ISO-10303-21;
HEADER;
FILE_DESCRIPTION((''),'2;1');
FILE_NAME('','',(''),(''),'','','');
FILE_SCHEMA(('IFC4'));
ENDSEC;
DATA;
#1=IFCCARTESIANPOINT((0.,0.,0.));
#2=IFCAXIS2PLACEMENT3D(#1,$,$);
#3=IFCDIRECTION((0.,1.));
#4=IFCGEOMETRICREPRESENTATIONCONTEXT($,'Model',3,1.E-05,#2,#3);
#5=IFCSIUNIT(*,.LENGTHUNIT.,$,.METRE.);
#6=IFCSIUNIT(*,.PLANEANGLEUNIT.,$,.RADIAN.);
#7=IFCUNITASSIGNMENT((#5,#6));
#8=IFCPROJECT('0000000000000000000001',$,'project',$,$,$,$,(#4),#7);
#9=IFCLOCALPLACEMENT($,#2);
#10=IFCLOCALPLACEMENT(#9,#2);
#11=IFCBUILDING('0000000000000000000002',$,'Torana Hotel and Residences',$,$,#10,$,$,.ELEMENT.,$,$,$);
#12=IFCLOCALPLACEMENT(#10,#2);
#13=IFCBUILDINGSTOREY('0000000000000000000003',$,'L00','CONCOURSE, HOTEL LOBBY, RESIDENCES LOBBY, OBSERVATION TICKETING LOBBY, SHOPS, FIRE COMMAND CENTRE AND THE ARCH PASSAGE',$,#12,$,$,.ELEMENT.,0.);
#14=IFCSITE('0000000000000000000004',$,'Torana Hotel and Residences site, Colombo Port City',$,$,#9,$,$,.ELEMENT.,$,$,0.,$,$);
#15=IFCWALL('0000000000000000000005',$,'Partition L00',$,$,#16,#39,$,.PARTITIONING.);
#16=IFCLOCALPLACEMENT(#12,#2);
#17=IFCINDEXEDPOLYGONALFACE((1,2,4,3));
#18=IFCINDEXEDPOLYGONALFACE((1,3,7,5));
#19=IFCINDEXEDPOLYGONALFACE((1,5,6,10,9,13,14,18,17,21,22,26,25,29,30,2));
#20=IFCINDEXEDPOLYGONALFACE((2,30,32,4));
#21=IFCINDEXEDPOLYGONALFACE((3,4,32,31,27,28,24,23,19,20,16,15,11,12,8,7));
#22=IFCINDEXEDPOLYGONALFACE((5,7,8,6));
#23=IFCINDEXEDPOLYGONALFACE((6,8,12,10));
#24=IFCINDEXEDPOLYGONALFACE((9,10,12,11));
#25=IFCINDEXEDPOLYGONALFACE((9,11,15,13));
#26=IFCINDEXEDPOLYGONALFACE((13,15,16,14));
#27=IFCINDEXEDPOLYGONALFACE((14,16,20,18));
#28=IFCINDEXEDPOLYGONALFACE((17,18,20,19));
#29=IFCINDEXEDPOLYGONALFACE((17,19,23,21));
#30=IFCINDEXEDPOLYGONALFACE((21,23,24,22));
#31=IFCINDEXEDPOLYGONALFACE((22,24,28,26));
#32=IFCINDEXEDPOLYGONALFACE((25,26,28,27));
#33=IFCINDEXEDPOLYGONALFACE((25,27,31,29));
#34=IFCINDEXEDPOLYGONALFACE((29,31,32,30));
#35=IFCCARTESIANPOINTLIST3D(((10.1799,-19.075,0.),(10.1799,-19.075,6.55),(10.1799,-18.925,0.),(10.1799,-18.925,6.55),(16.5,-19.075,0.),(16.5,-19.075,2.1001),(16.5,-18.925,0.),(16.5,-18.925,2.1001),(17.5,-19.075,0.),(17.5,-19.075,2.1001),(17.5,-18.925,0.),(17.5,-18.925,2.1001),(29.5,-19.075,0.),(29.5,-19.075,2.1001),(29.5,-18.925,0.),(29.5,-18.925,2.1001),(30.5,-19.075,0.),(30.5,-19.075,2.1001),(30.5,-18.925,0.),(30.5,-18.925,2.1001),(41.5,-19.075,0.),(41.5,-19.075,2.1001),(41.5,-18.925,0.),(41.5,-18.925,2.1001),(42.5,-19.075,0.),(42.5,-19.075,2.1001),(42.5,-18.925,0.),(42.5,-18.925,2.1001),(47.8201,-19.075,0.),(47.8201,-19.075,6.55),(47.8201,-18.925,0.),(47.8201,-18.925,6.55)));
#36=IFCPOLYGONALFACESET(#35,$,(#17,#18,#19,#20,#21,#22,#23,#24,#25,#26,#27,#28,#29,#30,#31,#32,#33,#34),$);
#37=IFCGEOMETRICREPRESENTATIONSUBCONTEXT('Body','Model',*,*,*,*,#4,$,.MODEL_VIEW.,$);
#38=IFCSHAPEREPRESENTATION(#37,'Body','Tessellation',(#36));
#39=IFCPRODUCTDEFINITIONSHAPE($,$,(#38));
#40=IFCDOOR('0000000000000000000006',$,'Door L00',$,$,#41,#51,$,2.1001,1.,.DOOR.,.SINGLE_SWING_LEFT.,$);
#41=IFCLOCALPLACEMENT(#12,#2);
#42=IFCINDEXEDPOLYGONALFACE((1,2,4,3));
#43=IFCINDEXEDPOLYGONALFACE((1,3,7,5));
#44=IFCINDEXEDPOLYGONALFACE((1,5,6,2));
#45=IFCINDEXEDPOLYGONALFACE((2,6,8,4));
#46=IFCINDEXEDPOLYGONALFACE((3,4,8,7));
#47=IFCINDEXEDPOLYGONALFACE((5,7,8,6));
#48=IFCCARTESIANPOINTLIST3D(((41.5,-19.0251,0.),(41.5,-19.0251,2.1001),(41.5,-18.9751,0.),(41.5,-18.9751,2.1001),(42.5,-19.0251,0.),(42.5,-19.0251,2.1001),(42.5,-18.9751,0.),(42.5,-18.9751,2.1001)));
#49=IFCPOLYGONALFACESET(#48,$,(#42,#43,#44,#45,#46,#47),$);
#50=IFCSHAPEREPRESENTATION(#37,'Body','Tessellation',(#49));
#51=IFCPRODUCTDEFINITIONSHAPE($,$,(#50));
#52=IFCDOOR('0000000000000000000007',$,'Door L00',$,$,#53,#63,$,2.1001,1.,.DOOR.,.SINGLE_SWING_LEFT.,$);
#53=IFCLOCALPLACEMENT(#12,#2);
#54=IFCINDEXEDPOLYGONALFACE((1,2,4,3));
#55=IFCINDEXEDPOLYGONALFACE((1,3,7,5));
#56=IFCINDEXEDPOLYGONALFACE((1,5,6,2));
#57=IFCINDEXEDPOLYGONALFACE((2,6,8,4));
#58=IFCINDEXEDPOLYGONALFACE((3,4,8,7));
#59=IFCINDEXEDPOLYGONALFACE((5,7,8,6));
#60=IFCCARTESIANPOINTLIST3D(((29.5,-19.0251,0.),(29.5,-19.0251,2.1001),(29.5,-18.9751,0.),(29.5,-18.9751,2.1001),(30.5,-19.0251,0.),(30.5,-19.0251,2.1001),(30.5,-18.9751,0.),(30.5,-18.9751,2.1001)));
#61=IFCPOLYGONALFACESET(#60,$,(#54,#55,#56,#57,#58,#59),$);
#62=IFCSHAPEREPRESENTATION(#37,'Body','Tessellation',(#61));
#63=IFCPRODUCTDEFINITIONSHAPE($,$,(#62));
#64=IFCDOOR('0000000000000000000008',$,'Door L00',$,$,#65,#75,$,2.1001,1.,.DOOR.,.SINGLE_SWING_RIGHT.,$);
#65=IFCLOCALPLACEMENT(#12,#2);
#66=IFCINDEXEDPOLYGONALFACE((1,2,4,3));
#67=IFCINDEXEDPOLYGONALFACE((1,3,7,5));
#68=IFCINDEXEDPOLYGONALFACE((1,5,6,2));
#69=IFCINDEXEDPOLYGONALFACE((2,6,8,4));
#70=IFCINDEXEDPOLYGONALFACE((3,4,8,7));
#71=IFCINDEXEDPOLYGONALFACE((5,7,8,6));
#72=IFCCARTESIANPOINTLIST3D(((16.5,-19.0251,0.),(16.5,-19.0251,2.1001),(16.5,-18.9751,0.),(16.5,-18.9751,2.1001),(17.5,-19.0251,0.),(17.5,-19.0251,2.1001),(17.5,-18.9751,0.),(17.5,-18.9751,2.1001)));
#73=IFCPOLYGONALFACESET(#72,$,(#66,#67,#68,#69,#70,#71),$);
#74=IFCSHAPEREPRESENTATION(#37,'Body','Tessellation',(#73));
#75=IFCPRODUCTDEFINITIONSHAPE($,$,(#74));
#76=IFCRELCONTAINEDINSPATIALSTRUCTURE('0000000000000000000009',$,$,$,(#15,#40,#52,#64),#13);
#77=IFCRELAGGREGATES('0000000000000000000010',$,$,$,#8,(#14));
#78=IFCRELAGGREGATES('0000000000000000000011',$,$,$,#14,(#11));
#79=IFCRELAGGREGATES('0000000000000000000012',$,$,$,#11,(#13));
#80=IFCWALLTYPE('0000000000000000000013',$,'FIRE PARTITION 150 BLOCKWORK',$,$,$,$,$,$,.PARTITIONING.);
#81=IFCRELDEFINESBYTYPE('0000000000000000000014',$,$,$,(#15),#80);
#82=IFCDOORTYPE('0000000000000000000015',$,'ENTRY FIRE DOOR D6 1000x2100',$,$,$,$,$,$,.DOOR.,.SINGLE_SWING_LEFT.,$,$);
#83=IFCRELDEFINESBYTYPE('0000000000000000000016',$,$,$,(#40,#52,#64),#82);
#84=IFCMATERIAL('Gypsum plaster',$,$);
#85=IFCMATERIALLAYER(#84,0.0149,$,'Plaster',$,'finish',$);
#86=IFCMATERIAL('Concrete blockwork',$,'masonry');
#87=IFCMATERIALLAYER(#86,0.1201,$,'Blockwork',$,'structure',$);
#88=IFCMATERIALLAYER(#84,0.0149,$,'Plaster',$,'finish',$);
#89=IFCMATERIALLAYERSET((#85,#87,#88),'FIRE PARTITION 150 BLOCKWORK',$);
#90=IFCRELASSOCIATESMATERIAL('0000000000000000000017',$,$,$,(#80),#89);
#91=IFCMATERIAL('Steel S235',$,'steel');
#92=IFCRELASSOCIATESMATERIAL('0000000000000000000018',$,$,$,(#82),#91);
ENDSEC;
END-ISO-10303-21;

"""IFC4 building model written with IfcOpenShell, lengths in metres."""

from ifc_helpers import new_model, si_unit, direction, frame, frame_2d, origin, place, context, subcontext, project, spatial, rectangle, extrude, material, layer, layer_set, type_object, element, fill, save


model = new_model("IFC4")

# Units and contexts
model_context = context("Model", 3, precision=1e-05, world=origin(), true_north=direction((0.0, 1.0)))
body_context = subcontext(model_context, "Body", "Model", "MODEL_VIEW")
ifc_project = project(units=[si_unit("LENGTHUNIT", "METRE"), si_unit("PLANEANGLEUNIT", "RADIAN")], contexts=[model_context])

# Site, building, storey
site_placement = place(None, origin())
site = spatial("IfcSite", under=ifc_project, at=site_placement, Name="Torana Hotel and Residences site, Colombo Port City", CompositionType="ELEMENT", RefElevation=0.0)
building_placement = place(site_placement, origin())
building = spatial("IfcBuilding", under=site, at=building_placement, Name="Torana Hotel and Residences", CompositionType="ELEMENT")
storey_placement = place(building_placement, origin())
storey = spatial("IfcBuildingStorey", under=building, at=storey_placement, Name="L00", Description="CONCOURSE, HOTEL LOBBY, RESIDENCES LOBBY, OBSERVATION TICKETING LOBBY, SHOPS, FIRE COMMAND CENTRE AND THE ARCH PASSAGE", CompositionType="ELEMENT", Elevation=0.0)

# Wall, openings, doors
ifc_material_1 = material(Name="Gypsum plaster")
ifc_layer_1 = layer(ifc_material_1, 0.0149, Name="Plaster", Category="finish")
ifc_material_2 = material(Name="Concrete blockwork", Category="masonry")
ifc_layer_2 = layer(ifc_material_2, 0.1201, Name="Blockwork", Category="structure")
ifc_layer_3 = layer(ifc_material_1, 0.0149, Name="Plaster", Category="finish")
ifc_layer_set_1 = layer_set([ifc_layer_1, ifc_layer_2, ifc_layer_3], Name="FIRE PARTITION 150 BLOCKWORK")
wall_type_1 = type_object("IfcWallType", Name="FIRE PARTITION 150 BLOCKWORK", PredefinedType="PARTITIONING", material=ifc_layer_set_1)
wall_1_placement = place(storey_placement, frame((10.1799, -19.0, 0.0), z_axis=(0.0, 0.0, 1.0), x_axis=(1.0, 0.0, 0.0)))
wall_1 = element("IfcWall", 1, at=wall_1_placement, inside=storey, type_object=wall_type_1, Name="Partition L00", PredefinedType="PARTITIONING", context=body_context, shape_type="SweptSolid", body=[
    extrude(rectangle(XDim=37.6401, YDim=0.1499, at=frame_2d((18.8201, 0.0))), origin(), (0.0, 0.0, 1.0), 6.55),
])
opening_1_placement = place(wall_1_placement, frame((31.3201, 0.0, 0.0)))
opening_1 = element("IfcOpeningElement", 2, at=opening_1_placement, cuts=wall_1, PredefinedType="OPENING", context=body_context, shape_type="SweptSolid", body=[
    extrude(rectangle(XDim=1.0, YDim=2.1001, at=frame_2d((0.5, 1.05))), frame((0.0, 0.085, 0.0), z_axis=(0.0, -1.0, 0.0), x_axis=(1.0, 0.0, 0.0)), (0.0, 0.0, 1.0), 0.1699),
])
opening_2_placement = place(wall_1_placement, frame((19.3201, 0.0, 0.0)))
opening_2 = element("IfcOpeningElement", 3, at=opening_2_placement, cuts=wall_1, PredefinedType="OPENING", context=body_context, shape_type="SweptSolid", body=[
    extrude(rectangle(XDim=1.0, YDim=2.1001, at=frame_2d((0.5, 1.05))), frame((0.0, 0.085, 0.0), z_axis=(0.0, -1.0, 0.0), x_axis=(1.0, 0.0, 0.0)), (0.0, 0.0, 1.0), 0.1699),
])
opening_3_placement = place(wall_1_placement, frame((6.3201, 0.0, 0.0)))
opening_3 = element("IfcOpeningElement", 4, at=opening_3_placement, cuts=wall_1, PredefinedType="OPENING", context=body_context, shape_type="SweptSolid", body=[
    extrude(rectangle(XDim=1.0, YDim=2.1001, at=frame_2d((0.5, 1.05))), frame((0.0, 0.085, 0.0), z_axis=(0.0, -1.0, 0.0), x_axis=(1.0, 0.0, 0.0)), (0.0, 0.0, 1.0), 0.1699),
])
ifc_material_3 = material(Name="Steel S235", Category="steel")
door_type_1 = type_object("IfcDoorType", Name="ENTRY FIRE DOOR D6 1000x2100", OperationType="SINGLE_SWING_LEFT", PredefinedType="DOOR", material=ifc_material_3)
door_1_placement = place(opening_1_placement, frame((0.5, 0.0, 0.0), z_axis=(0.0, 0.0, 1.0), x_axis=(-1.0, 0.0, 0.0)))
door_1 = element("IfcDoor", 5, at=door_1_placement, inside=storey, type_object=door_type_1, Name="Door L00", OperationType="SINGLE_SWING_LEFT", OverallHeight=2.1001, OverallWidth=1.0, PredefinedType="DOOR", context=body_context, shape_type="SweptSolid", body=[
    extrude(rectangle(XDim=1.0, YDim=2.1001, at=frame_2d((0.0, 1.05))), frame((0.0, -0.0249, 0.0), z_axis=(0.0, 1.0, 0.0), x_axis=(-1.0, 0.0, 0.0)), (0.0, 0.0, 1.0), 0.05),
])
fill(opening_1, door_1)
door_2_placement = place(opening_2_placement, frame((0.5, 0.0, 0.0), z_axis=(0.0, 0.0, 1.0), x_axis=(-1.0, 0.0, 0.0)))
door_2 = element("IfcDoor", 6, at=door_2_placement, inside=storey, type_object=door_type_1, Name="Door L00", OperationType="SINGLE_SWING_LEFT", OverallHeight=2.1001, OverallWidth=1.0, PredefinedType="DOOR", context=body_context, shape_type="SweptSolid", body=[
    extrude(rectangle(XDim=1.0, YDim=2.1001, at=frame_2d((0.0, 1.05))), frame((0.0, -0.0249, 0.0), z_axis=(0.0, 1.0, 0.0), x_axis=(-1.0, 0.0, 0.0)), (0.0, 0.0, 1.0), 0.05),
])
fill(opening_2, door_2)
door_3_placement = place(opening_3_placement, origin())
door_3 = element("IfcDoor", 7, at=door_3_placement, inside=storey, type_object=door_type_1, Name="Door L00", OperationType="SINGLE_SWING_RIGHT", OverallHeight=2.1001, OverallWidth=1.0, PredefinedType="DOOR", context=body_context, shape_type="SweptSolid", body=[
    extrude(rectangle(XDim=1.0, YDim=2.1001, at=frame_2d((0.5, 1.05))), frame((0.0, 0.0249, 0.0), z_axis=(0.0, -1.0, 0.0), x_axis=(1.0, 0.0, 0.0)), (0.0, 0.0, 1.0), 0.05),
])
fill(opening_3, door_3)

save(model, "model.ifc")
